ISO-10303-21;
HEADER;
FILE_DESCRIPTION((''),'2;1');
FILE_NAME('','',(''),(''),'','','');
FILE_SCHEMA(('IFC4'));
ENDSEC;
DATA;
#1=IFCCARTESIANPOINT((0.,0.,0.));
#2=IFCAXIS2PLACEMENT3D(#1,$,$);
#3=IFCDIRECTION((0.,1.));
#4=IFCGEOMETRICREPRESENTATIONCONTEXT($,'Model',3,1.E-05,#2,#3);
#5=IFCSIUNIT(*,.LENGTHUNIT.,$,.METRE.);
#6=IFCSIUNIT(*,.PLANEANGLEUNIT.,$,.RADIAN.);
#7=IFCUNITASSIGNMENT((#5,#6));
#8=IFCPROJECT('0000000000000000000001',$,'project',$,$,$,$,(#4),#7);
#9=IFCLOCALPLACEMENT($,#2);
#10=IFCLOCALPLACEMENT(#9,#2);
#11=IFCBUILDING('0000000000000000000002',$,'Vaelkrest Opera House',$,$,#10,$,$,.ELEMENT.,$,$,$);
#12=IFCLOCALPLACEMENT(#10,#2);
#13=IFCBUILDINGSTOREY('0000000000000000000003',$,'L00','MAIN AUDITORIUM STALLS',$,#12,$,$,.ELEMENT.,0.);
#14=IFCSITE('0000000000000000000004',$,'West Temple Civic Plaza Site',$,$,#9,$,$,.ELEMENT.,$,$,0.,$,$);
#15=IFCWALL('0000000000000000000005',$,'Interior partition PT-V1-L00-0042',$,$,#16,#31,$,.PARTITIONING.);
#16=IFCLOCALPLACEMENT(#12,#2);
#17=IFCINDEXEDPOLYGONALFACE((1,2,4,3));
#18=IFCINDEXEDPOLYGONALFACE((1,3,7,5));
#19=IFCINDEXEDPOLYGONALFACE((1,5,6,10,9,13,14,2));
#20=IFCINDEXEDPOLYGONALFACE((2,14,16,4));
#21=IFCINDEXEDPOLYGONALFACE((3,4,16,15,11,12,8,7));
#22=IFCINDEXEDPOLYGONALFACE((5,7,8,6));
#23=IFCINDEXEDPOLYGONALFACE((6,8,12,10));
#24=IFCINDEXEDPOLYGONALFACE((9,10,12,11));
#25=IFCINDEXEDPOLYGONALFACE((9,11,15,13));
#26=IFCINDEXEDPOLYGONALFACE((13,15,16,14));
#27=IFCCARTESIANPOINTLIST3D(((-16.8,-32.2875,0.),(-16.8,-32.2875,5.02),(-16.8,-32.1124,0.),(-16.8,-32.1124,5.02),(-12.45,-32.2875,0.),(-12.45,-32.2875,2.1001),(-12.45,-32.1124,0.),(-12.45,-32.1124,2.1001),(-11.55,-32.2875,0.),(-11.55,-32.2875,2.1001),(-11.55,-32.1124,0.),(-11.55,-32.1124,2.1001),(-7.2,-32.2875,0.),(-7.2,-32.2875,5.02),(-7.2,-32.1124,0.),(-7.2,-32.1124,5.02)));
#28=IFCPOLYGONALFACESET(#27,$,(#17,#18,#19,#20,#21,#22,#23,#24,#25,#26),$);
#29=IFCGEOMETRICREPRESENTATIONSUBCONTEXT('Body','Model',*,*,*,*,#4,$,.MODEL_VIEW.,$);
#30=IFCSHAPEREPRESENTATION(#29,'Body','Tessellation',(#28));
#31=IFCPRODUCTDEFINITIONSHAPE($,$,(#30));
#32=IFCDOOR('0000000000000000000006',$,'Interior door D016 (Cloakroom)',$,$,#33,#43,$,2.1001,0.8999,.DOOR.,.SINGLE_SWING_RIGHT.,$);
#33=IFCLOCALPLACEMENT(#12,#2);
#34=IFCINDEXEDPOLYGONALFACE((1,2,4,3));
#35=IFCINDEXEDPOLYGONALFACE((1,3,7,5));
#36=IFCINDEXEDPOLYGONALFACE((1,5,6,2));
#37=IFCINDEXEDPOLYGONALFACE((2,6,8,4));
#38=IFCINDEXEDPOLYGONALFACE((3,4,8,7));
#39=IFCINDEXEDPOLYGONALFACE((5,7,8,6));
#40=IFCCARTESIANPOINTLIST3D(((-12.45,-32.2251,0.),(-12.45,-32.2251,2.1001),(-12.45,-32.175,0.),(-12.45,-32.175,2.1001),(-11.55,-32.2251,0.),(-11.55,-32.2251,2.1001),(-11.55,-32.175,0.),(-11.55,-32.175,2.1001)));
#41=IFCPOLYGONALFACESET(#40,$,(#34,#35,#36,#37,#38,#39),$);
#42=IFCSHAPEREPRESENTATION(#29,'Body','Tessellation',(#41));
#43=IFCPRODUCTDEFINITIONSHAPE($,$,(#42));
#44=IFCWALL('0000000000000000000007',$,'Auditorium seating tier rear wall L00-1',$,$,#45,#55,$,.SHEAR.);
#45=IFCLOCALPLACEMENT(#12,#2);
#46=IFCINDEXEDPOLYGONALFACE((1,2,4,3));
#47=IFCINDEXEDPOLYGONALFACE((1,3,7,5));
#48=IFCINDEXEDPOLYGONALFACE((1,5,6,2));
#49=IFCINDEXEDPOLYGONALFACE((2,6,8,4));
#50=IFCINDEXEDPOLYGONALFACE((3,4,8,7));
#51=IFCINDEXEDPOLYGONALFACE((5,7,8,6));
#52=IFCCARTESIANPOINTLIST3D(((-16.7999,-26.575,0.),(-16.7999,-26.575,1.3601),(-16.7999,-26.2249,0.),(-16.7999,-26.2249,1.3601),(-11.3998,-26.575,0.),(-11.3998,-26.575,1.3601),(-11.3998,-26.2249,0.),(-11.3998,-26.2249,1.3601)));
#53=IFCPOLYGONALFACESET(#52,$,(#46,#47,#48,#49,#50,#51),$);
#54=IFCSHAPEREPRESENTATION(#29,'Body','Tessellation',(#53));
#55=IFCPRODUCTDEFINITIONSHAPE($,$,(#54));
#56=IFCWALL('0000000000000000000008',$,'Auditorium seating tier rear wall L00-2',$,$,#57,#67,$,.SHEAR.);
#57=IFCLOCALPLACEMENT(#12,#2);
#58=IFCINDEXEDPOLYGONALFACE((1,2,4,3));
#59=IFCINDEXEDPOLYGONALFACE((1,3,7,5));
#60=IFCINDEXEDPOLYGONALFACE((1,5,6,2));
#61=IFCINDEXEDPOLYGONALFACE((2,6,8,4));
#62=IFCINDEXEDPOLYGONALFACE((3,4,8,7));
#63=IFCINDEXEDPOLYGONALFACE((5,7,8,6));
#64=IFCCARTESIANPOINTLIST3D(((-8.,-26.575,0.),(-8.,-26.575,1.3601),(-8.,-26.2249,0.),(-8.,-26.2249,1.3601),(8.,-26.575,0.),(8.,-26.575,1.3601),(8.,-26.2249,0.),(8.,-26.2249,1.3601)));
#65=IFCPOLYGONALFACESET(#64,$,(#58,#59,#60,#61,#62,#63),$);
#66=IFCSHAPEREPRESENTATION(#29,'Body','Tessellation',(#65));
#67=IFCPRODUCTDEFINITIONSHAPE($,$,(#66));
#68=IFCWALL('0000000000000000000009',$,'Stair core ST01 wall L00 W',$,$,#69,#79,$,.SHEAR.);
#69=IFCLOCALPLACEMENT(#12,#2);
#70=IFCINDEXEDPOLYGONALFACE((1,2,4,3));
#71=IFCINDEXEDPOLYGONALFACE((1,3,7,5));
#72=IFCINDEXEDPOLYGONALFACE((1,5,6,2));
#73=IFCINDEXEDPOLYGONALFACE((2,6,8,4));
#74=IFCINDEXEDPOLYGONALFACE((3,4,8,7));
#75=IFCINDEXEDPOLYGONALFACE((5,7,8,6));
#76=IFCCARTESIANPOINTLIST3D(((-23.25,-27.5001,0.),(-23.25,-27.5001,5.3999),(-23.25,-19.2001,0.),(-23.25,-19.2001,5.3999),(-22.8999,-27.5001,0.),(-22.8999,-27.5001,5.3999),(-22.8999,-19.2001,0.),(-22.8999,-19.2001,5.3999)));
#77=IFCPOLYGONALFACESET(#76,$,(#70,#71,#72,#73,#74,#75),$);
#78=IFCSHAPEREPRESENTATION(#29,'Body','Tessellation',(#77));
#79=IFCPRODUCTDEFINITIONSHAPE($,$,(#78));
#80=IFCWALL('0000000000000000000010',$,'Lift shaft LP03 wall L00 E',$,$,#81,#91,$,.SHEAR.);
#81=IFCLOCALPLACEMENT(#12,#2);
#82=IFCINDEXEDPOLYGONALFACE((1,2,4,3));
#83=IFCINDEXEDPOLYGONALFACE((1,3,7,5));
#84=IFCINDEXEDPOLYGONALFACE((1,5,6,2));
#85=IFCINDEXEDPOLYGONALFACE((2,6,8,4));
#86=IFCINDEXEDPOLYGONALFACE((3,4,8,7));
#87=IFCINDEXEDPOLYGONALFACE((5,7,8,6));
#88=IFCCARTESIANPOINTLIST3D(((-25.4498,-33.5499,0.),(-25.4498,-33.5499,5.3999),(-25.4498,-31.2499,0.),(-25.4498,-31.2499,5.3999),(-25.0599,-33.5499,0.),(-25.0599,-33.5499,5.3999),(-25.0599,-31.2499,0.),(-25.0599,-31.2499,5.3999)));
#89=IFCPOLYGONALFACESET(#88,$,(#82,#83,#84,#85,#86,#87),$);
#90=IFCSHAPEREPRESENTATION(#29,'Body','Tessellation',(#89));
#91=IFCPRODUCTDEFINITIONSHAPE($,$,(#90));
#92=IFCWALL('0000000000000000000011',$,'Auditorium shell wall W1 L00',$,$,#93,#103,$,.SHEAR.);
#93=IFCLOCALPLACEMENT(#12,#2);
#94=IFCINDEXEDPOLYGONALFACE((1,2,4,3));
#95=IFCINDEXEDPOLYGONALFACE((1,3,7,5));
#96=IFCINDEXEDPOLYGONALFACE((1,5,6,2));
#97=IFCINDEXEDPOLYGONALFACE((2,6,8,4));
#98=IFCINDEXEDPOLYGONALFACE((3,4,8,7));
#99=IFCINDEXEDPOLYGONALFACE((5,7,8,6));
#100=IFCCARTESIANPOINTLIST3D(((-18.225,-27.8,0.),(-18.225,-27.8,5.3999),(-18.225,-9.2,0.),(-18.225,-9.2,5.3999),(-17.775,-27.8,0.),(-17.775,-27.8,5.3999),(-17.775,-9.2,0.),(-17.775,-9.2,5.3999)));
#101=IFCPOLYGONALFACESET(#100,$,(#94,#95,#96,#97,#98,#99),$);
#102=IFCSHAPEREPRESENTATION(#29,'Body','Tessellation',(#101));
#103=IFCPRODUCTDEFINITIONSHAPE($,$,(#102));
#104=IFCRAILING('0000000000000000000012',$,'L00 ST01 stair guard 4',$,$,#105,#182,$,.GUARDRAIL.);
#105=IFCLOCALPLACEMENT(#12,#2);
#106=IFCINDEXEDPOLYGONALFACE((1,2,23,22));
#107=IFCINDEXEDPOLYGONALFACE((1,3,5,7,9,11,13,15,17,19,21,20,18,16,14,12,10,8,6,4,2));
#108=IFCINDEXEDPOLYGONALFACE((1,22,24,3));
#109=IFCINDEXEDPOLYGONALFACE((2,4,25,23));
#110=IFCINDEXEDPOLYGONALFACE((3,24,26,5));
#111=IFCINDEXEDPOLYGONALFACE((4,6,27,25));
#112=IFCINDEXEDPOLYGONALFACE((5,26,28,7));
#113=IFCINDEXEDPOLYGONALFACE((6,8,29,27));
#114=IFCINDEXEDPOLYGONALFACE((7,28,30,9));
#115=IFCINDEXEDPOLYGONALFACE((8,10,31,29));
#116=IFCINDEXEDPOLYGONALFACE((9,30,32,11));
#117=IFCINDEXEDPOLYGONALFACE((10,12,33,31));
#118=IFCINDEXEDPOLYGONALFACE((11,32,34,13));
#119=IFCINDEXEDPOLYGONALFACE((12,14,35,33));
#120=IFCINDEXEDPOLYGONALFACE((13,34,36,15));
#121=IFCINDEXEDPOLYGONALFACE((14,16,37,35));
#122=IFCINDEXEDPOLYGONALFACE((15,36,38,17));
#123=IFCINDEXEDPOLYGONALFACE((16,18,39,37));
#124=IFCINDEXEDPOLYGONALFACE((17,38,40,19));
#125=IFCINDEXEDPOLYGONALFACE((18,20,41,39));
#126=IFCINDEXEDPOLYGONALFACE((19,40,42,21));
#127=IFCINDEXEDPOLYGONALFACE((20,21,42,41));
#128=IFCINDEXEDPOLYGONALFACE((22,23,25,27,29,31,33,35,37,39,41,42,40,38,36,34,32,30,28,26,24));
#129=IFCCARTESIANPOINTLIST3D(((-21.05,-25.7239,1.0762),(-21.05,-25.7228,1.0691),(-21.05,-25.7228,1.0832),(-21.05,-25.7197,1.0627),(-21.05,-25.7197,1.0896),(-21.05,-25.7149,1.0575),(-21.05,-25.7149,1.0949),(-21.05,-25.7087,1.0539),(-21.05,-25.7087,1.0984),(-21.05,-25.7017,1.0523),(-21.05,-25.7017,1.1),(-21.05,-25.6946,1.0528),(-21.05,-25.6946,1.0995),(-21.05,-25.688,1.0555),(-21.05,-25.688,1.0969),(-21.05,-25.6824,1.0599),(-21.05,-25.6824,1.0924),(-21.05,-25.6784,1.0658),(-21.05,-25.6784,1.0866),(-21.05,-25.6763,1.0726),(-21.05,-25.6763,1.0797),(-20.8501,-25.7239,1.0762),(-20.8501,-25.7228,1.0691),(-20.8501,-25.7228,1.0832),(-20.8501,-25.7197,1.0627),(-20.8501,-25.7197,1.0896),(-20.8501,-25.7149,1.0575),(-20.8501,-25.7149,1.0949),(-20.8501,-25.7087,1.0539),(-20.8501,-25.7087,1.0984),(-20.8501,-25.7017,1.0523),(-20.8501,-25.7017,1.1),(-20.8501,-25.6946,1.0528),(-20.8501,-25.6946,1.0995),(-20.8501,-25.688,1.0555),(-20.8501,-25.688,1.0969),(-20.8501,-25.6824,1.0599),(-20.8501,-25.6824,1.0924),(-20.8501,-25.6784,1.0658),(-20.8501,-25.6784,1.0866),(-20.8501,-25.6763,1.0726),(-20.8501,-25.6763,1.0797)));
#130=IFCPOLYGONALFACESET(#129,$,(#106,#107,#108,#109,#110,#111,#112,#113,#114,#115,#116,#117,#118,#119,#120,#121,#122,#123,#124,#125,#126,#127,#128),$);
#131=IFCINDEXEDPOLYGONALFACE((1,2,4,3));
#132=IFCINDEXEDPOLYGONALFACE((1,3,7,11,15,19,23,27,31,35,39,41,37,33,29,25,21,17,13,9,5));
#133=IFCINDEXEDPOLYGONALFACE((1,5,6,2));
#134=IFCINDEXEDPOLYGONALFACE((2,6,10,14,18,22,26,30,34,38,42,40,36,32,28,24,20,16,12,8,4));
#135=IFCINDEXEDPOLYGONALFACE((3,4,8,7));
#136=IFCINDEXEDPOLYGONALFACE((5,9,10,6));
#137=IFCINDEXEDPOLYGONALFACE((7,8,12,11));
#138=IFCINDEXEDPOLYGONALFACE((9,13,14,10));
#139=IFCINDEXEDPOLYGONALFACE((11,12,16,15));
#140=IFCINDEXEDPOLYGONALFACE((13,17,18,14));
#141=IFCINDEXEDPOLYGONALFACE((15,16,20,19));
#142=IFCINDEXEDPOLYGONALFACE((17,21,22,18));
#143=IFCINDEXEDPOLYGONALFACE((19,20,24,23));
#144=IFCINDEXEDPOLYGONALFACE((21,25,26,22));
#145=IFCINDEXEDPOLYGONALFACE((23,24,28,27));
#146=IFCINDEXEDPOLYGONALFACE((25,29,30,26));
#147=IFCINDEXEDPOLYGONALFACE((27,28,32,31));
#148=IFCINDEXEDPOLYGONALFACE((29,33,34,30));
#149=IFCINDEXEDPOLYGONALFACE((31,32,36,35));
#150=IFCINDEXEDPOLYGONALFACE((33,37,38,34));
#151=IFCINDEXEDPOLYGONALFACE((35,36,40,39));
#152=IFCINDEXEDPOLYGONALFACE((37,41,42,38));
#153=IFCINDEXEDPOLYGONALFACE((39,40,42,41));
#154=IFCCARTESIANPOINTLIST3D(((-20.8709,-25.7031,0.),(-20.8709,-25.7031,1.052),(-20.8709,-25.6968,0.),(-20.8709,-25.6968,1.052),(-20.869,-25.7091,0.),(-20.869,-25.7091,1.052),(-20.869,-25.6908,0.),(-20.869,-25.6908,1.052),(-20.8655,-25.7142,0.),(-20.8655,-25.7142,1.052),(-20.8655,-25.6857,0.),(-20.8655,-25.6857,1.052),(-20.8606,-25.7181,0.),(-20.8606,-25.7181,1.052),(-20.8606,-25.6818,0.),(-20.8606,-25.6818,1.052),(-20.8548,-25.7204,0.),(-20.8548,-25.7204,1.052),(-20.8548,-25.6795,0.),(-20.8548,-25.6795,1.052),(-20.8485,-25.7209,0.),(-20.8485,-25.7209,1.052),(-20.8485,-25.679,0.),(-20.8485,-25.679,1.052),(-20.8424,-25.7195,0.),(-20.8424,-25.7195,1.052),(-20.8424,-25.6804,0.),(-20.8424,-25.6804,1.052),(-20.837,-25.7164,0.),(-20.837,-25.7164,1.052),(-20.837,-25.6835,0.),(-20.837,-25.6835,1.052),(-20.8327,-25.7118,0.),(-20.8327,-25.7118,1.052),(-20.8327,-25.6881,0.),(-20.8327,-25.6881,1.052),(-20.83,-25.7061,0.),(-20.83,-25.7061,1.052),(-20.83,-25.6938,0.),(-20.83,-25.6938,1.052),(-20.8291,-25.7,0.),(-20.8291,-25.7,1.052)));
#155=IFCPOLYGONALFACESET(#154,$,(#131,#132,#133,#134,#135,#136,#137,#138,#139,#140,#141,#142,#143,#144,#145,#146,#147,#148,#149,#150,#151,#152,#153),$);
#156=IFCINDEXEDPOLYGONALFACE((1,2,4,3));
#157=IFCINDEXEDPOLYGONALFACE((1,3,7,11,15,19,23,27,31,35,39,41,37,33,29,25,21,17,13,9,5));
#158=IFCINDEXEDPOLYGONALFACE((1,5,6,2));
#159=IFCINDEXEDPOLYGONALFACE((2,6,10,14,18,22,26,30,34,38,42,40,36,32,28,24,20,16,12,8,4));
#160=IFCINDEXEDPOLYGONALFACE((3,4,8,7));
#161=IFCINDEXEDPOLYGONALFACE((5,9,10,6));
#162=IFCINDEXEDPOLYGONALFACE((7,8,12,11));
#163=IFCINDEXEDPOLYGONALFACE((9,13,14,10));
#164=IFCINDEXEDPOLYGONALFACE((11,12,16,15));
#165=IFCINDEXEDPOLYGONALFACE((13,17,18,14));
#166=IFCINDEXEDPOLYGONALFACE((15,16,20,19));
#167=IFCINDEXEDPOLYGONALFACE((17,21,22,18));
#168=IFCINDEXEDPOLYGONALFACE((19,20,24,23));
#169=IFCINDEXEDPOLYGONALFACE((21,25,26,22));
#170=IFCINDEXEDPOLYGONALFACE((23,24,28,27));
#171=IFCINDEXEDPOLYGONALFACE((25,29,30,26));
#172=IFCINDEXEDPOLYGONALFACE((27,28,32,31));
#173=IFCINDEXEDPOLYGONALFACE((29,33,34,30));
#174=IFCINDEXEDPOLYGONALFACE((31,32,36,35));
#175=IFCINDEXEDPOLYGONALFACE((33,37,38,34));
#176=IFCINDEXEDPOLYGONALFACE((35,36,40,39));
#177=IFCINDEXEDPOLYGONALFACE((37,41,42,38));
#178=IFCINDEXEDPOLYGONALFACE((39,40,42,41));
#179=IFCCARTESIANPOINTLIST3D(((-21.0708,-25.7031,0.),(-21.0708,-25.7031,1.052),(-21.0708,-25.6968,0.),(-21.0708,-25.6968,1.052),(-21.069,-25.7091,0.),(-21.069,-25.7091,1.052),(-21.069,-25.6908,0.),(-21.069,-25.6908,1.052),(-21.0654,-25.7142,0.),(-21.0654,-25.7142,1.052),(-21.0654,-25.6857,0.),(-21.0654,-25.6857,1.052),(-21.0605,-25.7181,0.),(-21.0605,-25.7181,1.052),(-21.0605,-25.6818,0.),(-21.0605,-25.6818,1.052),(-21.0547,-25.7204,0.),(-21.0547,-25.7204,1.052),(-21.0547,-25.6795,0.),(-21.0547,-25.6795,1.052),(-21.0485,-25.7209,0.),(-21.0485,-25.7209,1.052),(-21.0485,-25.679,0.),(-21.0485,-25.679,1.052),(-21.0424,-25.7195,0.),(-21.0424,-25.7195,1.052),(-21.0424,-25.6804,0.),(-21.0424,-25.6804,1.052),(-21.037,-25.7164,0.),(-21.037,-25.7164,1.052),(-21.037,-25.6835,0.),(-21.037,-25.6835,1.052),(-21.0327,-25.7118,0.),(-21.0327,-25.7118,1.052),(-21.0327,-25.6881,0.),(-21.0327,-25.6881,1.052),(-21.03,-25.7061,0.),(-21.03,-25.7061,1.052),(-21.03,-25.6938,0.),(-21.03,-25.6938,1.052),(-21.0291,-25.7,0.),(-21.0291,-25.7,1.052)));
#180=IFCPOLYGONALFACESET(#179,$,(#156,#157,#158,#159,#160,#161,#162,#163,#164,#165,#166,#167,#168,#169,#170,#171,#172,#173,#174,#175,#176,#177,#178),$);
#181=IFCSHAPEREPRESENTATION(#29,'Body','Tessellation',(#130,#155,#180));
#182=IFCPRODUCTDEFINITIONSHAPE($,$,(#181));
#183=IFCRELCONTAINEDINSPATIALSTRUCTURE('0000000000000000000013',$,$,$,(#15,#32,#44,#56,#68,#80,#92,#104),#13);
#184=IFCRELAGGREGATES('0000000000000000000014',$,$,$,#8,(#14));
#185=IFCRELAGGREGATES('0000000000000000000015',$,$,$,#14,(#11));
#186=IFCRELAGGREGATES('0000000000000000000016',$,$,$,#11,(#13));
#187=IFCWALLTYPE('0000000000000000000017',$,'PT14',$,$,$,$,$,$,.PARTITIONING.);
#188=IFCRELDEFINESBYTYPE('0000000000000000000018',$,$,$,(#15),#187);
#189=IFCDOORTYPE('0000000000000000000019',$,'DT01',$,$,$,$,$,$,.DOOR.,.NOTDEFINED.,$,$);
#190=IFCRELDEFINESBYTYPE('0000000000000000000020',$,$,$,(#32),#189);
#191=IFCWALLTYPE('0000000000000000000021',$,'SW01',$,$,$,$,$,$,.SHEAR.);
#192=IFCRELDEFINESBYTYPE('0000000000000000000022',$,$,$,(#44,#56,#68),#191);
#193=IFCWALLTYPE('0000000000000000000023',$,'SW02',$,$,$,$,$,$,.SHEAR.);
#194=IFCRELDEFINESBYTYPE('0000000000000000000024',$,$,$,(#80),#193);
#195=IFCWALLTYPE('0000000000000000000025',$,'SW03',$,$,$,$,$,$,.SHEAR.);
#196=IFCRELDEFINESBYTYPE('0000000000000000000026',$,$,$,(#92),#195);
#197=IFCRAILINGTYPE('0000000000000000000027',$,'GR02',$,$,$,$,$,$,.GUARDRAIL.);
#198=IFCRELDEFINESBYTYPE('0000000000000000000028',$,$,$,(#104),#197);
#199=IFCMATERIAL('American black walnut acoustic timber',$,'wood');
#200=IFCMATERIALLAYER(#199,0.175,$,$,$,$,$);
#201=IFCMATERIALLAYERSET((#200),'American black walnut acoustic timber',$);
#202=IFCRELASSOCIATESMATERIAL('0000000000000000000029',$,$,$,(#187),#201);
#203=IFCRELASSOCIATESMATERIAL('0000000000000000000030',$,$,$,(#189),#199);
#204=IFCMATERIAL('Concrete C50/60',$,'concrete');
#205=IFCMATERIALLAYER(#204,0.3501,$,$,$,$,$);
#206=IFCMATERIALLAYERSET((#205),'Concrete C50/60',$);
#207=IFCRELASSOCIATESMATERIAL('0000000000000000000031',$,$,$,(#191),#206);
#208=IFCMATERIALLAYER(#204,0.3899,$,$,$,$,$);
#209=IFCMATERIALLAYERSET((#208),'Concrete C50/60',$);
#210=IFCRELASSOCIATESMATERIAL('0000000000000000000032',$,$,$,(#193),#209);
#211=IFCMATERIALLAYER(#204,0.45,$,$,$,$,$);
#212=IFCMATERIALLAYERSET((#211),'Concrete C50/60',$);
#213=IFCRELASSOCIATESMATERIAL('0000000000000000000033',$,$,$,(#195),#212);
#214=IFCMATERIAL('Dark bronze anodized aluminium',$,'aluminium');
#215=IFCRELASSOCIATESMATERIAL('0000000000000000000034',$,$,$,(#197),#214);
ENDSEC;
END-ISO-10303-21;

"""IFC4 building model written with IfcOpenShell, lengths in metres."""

from ifc_helpers import new_model, si_unit, direction, frame, frame_2d, origin, origin_2d, place, context, subcontext, project, spatial, rectangle, circle, extrude, material, layer, layer_set, type_object, element, fill, save


model = new_model("IFC4")

# Units and contexts
model_context = context("Model", 3, precision=1e-05, world=origin(), true_north=direction((0.0, 1.0)))
body_context = subcontext(model_context, "Body", "Model", "MODEL_VIEW")
ifc_project = project(units=[si_unit("LENGTHUNIT", "METRE"), si_unit("PLANEANGLEUNIT", "RADIAN")], contexts=[model_context])

# Site, building, storey
site_placement = place(None, origin())
site = spatial("IfcSite", under=ifc_project, at=site_placement, Name="West Temple Civic Plaza Site", CompositionType="ELEMENT", RefElevation=0.0)
building_placement = place(site_placement, origin())
building = spatial("IfcBuilding", under=site, at=building_placement, Name="Vaelkrest Opera House", CompositionType="ELEMENT")
storey_placement = place(building_placement, origin())
storey = spatial("IfcBuildingStorey", under=building, at=storey_placement, Name="L00", Description="MAIN AUDITORIUM STALLS", CompositionType="ELEMENT", Elevation=0.0)

# Shared definitions
ifc_material_1 = material(Name="Concrete C50/60", Category="concrete")

# Wall, opening, door
ifc_material_2 = material(Name="American black walnut acoustic timber", Category="wood")
ifc_layer_1 = layer(ifc_material_2, 0.175)
ifc_layer_set_1 = layer_set([ifc_layer_1], Name="American black walnut acoustic timber")
wall_type_1 = type_object("IfcWallType", Name="PT14", PredefinedType="PARTITIONING", material=ifc_layer_set_1)
wall_1_placement = place(storey_placement, frame((-16.8, -32.2, 0.0), z_axis=(0.0, 0.0, 1.0), x_axis=(1.0, 0.0, 0.0)))
wall_1 = element("IfcWall", 1, at=wall_1_placement, inside=storey, type_object=wall_type_1, Name="Interior partition PT-V1-L00-0042", PredefinedType="PARTITIONING", context=body_context, shape_type="SweptSolid", body=[
    extrude(rectangle(XDim=9.6001, YDim=0.175, at=frame_2d((4.8, 0.0))), origin(), (0.0, 0.0, 1.0), 5.02),
])
opening_1_placement = place(wall_1_placement, frame((4.3501, 0.0, 0.0)))
opening_1 = element("IfcOpeningElement", 2, at=opening_1_placement, cuts=wall_1, PredefinedType="OPENING", context=body_context, shape_type="SweptSolid", body=[
    extrude(rectangle(XDim=0.8999, YDim=2.1001, at=frame_2d((0.45, 1.05))), frame((0.0, 0.0974, 0.0), z_axis=(0.0, -1.0, 0.0), x_axis=(1.0, 0.0, 0.0)), (0.0, 0.0, 1.0), 0.1951),
])
door_type_1 = type_object("IfcDoorType", Name="DT01", OperationType="NOTDEFINED", PredefinedType="DOOR", material=ifc_material_2)
door_1_placement = place(opening_1_placement, origin())
door_1 = element("IfcDoor", 3, at=door_1_placement, inside=storey, type_object=door_type_1, Name="Interior door D016 (Cloakroom)", OperationType="SINGLE_SWING_RIGHT", OverallHeight=2.1001, OverallWidth=0.8999, PredefinedType="DOOR", context=body_context, shape_type="SweptSolid", body=[
    extrude(rectangle(XDim=0.8999, YDim=2.1001, at=frame_2d((0.45, 1.05))), frame((0.0, 0.0249, 0.0), z_axis=(0.0, -1.0, 0.0), x_axis=(1.0, 0.0, 0.0)), (0.0, 0.0, 1.0), 0.05),
])
fill(opening_1, door_1)

# Walls
ifc_layer_2 = layer(ifc_material_1, 0.3501)
ifc_layer_set_2 = layer_set([ifc_layer_2], Name="Concrete C50/60")
wall_type_2 = type_object("IfcWallType", Name="SW01", PredefinedType="SHEAR", material=ifc_layer_set_2)
wall_2_placement = place(storey_placement, frame((-16.8, -26.3999, 0.0), z_axis=(0.0, 0.0, 1.0), x_axis=(1.0, 0.0, 0.0)))
element("IfcWall", 4, at=wall_2_placement, inside=storey, type_object=wall_type_2, Name="Auditorium seating tier rear wall L00-1", PredefinedType="SHEAR", context=body_context, shape_type="SweptSolid", body=[
    extrude(rectangle(XDim=5.4001, YDim=0.3501, at=frame_2d((2.7002, 0.0))), origin(), (0.0, 0.0, 1.0), 1.3601),
])
wall_3_placement = place(storey_placement, frame((-8.0, -26.3999, 0.0), z_axis=(0.0, 0.0, 1.0), x_axis=(1.0, 0.0, 0.0)))
element("IfcWall", 5, at=wall_3_placement, inside=storey, type_object=wall_type_2, Name="Auditorium seating tier rear wall L00-2", PredefinedType="SHEAR", context=body_context, shape_type="SweptSolid", body=[
    extrude(rectangle(XDim=16.0, YDim=0.3501, at=frame_2d((8.0, 0.0))), origin(), (0.0, 0.0, 1.0), 1.3601),
])

# Walls
wall_4_placement = place(storey_placement, frame((-23.075, -27.5, 0.0), z_axis=(0.0, 0.0, 1.0), x_axis=(0.0, 1.0, 0.0)))
element("IfcWall", 6, at=wall_4_placement, inside=storey, type_object=wall_type_2, Name="Stair core ST01 wall L00 W", PredefinedType="SHEAR", context=body_context, shape_type="SweptSolid", body=[
    extrude(rectangle(XDim=8.3, YDim=0.3501, at=frame_2d((4.1499, 0.0))), origin(), (0.0, 0.0, 1.0), 5.3999),
])
ifc_layer_3 = layer(ifc_material_1, 0.3899)
ifc_layer_set_3 = layer_set([ifc_layer_3], Name="Concrete C50/60")
wall_type_3 = type_object("IfcWallType", Name="SW02", PredefinedType="SHEAR", material=ifc_layer_set_3)
wall_5_placement = place(storey_placement, frame((-25.2549, -31.25, 0.0), z_axis=(0.0, 0.0, 1.0), x_axis=(0.0, -1.0, 0.0)))
element("IfcWall", 7, at=wall_5_placement, inside=storey, type_object=wall_type_3, Name="Lift shaft LP03 wall L00 E", PredefinedType="SHEAR", context=body_context, shape_type="SweptSolid", body=[
    extrude(rectangle(XDim=2.3, YDim=0.3899, at=frame_2d((1.1499, 0.0))), origin(), (0.0, 0.0, 1.0), 5.3999),
])
ifc_layer_4 = layer(ifc_material_1, 0.45)
ifc_layer_set_4 = layer_set([ifc_layer_4], Name="Concrete C50/60")
wall_type_4 = type_object("IfcWallType", Name="SW03", PredefinedType="SHEAR", material=ifc_layer_set_4)
wall_6_placement = place(storey_placement, frame((-18.0, -27.8, 0.0), z_axis=(0.0, 0.0, 1.0), x_axis=(0.0, 1.0, 0.0)))
element("IfcWall", 8, at=wall_6_placement, inside=storey, type_object=wall_type_4, Name="Auditorium shell wall W1 L00", PredefinedType="SHEAR", context=body_context, shape_type="SweptSolid", body=[
    extrude(rectangle(XDim=18.6001, YDim=0.45, at=frame_2d((9.3, 0.0))), origin(), (0.0, 0.0, 1.0), 5.3999),
])

# Railing
ifc_material_3 = material(Name="Dark bronze anodized aluminium", Category="aluminium")
railing_type = type_object("IfcRailingType", Name="GR02", PredefinedType="GUARDRAIL", material=ifc_material_3)
railing_placement = place(storey_placement, frame((-20.8501, -25.7, 0.0)))
element("IfcRailing", 9, at=railing_placement, inside=storey, type_object=railing_type, Name="L00 ST01 stair guard 4", PredefinedType="GUARDRAIL", context=body_context, shape_type="SweptSolid", body=[
    extrude(circle(Radius=0.0239, at=origin_2d()), frame((0.0, 0.0, 1.0762), z_axis=(-1.0, 0.0, 0.0), x_axis=(0.0, -1.0, 0.0)), (0.0, 0.0, 1.0), 0.2),
    extrude(circle(Radius=0.021, at=origin_2d()), origin(), (0.0, 0.0, 1.0), 1.052),
    extrude(circle(Radius=0.021, at=origin_2d()), frame((-0.2, 0.0, 0.0)), (0.0, 0.0, 1.0), 1.052),
])

save(model, "model.ifc")
